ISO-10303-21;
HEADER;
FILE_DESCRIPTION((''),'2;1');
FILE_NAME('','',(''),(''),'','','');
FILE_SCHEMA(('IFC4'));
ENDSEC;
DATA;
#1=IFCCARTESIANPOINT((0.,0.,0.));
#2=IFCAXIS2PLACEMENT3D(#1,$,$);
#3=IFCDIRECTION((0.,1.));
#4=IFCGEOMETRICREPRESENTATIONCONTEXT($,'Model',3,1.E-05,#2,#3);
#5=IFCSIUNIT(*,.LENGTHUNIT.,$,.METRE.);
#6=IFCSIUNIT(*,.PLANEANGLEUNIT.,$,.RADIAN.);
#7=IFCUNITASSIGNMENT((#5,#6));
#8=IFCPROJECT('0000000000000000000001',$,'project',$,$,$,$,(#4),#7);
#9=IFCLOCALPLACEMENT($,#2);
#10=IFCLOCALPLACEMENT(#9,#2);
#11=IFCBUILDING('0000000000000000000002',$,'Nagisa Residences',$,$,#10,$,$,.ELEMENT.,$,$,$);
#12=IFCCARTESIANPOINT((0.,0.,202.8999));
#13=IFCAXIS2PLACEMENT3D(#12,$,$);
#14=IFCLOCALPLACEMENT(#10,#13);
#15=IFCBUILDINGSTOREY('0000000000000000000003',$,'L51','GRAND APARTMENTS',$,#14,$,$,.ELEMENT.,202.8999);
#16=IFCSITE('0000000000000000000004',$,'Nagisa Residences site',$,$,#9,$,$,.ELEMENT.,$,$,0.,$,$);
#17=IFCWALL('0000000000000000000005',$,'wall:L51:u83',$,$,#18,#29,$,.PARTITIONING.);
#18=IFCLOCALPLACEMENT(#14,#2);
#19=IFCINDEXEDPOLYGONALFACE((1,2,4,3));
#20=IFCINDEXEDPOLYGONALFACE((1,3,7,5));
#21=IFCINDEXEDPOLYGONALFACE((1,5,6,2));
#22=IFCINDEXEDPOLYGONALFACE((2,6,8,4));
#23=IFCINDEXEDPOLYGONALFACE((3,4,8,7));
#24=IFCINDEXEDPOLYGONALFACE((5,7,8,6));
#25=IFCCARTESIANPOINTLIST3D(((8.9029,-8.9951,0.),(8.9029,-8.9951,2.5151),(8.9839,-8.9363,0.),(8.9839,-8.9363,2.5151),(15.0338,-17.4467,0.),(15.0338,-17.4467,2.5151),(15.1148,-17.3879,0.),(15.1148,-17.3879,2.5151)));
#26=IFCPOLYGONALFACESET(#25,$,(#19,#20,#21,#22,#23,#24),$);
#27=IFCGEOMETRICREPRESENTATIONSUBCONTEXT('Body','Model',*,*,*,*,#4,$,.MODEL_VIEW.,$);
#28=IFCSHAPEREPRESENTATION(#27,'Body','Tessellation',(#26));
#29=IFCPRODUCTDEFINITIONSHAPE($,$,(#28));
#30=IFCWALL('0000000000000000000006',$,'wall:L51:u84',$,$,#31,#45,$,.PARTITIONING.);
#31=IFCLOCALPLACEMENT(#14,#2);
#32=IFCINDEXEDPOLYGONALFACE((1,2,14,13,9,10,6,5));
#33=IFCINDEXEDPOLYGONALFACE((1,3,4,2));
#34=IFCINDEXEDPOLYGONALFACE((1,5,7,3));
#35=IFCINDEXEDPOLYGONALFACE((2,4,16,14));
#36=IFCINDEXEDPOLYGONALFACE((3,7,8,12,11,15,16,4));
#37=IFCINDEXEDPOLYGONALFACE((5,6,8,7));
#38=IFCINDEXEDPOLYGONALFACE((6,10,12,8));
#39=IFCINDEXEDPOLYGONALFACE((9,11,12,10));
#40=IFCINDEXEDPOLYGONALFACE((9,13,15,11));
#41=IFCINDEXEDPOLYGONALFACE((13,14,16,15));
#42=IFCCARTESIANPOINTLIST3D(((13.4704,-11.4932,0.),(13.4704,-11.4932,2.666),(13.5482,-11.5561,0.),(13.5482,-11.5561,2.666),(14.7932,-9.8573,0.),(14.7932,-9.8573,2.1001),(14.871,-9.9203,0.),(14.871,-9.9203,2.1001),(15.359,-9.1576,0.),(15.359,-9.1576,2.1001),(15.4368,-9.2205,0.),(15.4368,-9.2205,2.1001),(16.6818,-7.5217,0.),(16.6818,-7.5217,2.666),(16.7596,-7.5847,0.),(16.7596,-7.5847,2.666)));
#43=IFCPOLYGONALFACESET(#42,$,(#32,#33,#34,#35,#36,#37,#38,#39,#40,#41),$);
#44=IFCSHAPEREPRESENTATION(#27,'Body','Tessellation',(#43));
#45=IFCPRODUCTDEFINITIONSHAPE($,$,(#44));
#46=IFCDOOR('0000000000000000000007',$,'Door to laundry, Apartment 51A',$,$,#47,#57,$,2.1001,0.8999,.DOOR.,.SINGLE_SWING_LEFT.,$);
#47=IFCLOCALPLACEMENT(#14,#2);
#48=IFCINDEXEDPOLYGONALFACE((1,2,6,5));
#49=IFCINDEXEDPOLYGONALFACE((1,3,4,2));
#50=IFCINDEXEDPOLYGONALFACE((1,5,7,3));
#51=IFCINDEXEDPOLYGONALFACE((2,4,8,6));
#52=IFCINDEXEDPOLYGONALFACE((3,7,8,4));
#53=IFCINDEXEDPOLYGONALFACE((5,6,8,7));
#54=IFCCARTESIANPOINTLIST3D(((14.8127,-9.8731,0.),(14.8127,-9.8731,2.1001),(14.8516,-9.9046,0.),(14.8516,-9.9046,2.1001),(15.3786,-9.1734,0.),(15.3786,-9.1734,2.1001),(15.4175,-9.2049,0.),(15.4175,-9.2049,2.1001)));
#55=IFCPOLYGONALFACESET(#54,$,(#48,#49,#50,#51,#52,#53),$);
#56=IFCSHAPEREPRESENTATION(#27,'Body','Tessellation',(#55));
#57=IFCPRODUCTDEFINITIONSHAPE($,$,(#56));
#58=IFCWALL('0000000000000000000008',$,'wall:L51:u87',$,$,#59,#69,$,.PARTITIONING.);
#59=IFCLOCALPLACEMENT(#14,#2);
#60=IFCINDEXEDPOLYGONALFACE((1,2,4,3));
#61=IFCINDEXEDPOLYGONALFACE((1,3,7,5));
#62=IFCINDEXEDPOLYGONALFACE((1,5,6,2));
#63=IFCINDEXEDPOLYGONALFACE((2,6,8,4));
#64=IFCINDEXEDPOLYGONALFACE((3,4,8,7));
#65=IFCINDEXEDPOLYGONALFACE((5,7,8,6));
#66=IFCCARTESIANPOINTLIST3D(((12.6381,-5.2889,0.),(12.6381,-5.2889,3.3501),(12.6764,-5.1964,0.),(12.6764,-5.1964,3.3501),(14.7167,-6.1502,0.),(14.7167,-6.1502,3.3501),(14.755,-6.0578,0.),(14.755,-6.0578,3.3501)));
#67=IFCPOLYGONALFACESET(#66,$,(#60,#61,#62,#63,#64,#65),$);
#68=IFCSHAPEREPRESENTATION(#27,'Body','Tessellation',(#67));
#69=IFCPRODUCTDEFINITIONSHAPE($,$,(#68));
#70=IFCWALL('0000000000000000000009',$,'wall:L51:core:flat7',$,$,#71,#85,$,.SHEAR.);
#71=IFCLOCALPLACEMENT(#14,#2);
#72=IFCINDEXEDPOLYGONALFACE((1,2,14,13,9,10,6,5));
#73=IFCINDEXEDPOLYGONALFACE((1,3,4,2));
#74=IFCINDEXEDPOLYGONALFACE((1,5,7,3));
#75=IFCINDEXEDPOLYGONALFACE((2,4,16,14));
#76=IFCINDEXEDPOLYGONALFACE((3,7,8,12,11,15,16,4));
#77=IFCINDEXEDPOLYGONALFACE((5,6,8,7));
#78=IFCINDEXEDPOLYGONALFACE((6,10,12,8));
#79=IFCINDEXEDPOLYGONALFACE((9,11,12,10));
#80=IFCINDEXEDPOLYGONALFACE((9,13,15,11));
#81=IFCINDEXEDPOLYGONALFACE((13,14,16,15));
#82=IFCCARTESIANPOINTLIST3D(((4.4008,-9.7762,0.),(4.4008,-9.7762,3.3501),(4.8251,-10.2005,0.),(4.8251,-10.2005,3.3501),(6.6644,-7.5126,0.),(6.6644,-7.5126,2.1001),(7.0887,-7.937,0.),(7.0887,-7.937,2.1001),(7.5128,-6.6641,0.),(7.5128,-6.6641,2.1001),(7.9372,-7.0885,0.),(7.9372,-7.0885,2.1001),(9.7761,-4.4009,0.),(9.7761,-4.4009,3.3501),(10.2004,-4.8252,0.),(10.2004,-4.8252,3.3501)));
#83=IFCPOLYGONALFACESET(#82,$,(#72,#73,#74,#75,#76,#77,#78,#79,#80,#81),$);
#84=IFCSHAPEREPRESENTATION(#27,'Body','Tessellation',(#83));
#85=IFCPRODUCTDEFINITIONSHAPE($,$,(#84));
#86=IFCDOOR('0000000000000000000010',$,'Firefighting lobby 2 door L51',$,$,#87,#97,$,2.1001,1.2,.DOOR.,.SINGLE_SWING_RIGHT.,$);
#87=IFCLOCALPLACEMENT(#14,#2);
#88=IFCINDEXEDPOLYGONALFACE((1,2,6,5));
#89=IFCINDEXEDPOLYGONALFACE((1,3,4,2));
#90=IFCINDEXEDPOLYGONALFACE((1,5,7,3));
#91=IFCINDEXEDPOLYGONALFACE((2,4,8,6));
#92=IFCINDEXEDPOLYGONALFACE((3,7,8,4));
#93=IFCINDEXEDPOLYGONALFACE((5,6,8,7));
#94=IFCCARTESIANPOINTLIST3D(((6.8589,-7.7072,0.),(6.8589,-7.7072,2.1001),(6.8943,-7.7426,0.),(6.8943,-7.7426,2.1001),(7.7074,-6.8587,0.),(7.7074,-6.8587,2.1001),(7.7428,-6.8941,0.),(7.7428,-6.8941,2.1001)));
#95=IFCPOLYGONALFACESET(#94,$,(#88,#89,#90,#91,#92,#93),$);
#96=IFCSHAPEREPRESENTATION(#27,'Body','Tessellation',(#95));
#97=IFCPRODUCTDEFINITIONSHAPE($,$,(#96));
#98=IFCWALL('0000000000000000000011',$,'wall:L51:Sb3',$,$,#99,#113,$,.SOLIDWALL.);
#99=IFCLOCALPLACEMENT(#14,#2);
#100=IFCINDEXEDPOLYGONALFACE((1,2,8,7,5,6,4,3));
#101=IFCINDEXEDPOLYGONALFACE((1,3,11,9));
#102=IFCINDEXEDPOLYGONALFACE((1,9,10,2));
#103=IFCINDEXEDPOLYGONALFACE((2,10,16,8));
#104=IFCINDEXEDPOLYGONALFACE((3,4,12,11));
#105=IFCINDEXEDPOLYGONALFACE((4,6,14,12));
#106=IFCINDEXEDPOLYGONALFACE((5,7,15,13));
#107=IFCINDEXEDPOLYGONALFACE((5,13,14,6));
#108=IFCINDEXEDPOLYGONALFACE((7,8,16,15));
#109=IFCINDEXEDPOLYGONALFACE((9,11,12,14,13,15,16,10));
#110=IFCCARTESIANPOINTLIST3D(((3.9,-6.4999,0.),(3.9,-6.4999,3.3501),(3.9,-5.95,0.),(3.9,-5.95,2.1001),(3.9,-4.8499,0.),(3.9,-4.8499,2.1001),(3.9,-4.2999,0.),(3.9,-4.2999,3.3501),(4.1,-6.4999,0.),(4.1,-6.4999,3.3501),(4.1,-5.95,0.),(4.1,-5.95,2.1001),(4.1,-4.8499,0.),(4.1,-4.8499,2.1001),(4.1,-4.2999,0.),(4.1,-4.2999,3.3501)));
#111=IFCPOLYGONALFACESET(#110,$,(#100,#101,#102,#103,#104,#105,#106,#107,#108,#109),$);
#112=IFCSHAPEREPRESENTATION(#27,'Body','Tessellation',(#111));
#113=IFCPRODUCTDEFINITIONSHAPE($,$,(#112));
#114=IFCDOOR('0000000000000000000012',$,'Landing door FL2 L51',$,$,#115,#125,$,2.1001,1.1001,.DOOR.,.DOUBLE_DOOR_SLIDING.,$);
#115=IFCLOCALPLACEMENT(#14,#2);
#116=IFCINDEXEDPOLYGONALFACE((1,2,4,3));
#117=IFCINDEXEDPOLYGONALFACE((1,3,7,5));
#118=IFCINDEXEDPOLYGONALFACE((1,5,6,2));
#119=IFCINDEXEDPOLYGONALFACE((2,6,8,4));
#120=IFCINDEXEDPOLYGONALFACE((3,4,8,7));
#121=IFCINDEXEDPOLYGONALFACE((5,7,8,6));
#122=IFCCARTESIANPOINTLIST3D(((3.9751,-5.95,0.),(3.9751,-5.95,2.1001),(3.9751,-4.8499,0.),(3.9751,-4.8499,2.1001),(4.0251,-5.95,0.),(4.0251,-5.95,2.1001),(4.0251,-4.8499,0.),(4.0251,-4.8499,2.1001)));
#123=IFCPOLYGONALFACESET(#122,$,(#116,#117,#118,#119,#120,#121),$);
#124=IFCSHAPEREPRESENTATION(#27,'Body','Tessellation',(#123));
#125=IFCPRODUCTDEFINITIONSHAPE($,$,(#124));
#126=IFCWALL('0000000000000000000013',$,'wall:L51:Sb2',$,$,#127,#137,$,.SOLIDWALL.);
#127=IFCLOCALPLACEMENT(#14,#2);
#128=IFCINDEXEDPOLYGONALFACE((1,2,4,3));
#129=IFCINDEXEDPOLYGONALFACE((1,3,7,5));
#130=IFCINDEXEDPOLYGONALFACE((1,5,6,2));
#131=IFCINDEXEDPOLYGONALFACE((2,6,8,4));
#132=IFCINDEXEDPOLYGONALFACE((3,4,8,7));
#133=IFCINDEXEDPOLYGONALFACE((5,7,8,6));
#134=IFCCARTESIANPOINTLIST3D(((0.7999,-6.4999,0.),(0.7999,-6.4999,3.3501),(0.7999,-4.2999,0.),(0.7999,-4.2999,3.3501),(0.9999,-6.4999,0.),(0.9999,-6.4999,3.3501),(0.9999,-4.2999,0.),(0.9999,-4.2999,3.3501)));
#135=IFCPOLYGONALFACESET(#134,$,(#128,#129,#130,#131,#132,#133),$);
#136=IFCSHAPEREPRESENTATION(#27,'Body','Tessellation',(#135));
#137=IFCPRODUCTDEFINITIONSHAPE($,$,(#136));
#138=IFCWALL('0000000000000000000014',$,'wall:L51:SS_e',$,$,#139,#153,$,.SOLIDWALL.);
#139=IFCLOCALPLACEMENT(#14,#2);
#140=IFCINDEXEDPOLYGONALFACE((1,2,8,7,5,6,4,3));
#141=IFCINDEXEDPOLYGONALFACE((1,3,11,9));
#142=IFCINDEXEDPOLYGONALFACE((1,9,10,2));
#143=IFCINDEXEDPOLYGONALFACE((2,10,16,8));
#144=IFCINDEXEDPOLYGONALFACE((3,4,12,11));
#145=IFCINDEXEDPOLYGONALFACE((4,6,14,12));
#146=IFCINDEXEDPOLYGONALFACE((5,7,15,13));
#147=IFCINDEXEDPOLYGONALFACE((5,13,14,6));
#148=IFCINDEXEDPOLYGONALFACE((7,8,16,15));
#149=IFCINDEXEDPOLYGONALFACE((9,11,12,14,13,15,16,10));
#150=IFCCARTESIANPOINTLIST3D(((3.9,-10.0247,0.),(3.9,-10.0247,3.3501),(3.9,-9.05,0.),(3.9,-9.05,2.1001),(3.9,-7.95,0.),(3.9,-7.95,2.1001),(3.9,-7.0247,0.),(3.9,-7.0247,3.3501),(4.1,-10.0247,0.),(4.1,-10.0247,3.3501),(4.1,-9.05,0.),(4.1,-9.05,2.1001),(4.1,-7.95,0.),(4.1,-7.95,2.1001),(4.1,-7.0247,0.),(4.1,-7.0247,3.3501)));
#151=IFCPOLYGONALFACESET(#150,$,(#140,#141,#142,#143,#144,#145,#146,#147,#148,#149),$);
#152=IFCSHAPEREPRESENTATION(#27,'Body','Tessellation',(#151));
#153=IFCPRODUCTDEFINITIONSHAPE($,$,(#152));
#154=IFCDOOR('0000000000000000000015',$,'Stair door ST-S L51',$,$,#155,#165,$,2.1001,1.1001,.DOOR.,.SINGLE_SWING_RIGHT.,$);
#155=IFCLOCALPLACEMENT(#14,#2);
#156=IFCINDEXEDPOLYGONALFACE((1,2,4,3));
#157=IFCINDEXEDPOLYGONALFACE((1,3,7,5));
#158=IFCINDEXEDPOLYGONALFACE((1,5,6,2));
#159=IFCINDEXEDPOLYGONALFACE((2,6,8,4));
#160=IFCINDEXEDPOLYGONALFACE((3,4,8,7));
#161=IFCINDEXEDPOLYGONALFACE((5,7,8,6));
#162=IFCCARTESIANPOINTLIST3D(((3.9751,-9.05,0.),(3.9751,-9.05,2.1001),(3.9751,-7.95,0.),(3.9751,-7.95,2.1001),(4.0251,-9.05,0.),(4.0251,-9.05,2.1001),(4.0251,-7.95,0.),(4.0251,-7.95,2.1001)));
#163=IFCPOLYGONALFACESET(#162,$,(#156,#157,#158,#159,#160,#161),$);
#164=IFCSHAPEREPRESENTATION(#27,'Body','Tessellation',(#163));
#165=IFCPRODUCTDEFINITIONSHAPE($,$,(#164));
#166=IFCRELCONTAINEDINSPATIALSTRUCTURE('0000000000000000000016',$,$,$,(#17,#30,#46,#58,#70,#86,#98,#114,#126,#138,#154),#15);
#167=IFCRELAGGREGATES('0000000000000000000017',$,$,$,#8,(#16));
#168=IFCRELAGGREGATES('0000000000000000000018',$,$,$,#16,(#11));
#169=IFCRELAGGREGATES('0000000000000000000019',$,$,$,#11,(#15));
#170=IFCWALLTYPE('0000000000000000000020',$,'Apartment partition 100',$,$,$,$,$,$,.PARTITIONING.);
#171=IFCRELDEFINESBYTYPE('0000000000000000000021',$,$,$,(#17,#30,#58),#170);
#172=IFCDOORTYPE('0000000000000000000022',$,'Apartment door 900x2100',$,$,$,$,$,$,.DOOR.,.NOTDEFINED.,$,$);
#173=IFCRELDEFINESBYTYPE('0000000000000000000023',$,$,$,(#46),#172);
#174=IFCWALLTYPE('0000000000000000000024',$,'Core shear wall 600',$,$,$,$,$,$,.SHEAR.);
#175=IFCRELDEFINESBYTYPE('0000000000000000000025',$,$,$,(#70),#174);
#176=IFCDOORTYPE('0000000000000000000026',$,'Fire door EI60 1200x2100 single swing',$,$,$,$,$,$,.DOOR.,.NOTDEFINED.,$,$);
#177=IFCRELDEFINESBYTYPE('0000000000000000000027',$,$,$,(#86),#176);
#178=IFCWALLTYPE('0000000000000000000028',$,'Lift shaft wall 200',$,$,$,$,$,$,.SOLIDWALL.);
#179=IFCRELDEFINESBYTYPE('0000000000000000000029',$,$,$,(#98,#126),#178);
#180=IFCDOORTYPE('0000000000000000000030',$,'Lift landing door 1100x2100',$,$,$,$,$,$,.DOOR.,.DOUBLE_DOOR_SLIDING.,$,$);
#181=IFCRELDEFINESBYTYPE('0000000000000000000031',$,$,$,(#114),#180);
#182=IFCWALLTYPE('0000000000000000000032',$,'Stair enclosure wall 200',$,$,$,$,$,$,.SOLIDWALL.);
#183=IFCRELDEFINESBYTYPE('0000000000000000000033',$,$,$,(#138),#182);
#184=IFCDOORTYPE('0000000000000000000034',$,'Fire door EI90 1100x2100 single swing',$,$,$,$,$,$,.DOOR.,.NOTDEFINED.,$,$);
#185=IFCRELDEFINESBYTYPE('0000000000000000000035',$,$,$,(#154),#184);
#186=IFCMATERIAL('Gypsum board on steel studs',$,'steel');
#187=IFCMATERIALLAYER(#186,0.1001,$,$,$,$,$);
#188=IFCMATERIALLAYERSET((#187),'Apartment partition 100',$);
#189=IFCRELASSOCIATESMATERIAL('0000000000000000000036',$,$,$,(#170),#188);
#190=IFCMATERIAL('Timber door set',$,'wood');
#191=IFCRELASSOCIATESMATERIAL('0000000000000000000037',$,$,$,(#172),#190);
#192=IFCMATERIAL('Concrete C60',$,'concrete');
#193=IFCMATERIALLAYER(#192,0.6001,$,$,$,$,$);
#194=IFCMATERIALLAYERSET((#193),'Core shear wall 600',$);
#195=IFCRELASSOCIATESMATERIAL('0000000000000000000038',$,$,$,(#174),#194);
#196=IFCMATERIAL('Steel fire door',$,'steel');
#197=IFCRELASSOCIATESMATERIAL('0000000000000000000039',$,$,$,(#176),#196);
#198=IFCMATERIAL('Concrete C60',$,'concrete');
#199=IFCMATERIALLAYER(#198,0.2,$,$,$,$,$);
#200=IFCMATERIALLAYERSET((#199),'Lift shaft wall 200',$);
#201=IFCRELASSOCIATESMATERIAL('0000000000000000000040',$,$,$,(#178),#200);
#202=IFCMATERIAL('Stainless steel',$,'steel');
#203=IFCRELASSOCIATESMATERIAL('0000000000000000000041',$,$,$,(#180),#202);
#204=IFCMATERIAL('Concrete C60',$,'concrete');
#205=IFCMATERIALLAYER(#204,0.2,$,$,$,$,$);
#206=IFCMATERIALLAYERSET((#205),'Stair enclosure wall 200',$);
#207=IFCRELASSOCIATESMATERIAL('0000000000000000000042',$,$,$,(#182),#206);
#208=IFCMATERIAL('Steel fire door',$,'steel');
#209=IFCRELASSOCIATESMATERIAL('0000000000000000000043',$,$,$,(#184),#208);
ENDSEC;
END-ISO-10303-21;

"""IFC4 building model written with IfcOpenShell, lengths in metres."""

from ifc_helpers import new_model, si_unit, direction, frame, frame_2d, origin, place, context, subcontext, project, spatial, rectangle, extrude, material, layer, layer_set, type_object, element, fill, save


model = new_model("IFC4")

# Units and contexts
model_context = context("Model", 3, precision=1e-05, world=origin(), true_north=direction((0.0, 1.0)))
body_context = subcontext(model_context, "Body", "Model", "MODEL_VIEW")
ifc_project = project(units=[si_unit("LENGTHUNIT", "METRE"), si_unit("PLANEANGLEUNIT", "RADIAN")], contexts=[model_context])

# Site, building, storey
site_placement = place(None, origin())
site = spatial("IfcSite", under=ifc_project, at=site_placement, Name="Nagisa Residences site", CompositionType="ELEMENT", RefElevation=0.0)
building_placement = place(site_placement, origin())
building = spatial("IfcBuilding", under=site, at=building_placement, Name="Nagisa Residences", CompositionType="ELEMENT")
storey_placement = place(building_placement, frame((0.0, 0.0, 202.8999)))
storey = spatial("IfcBuildingStorey", under=building, at=storey_placement, Name="L51", Description="GRAND APARTMENTS", CompositionType="ELEMENT", Elevation=202.8999)

# Shared definitions
ifc_material_1 = material(Name="Gypsum board on steel studs", Category="steel")
ifc_layer_1 = layer(ifc_material_1, 0.1001)
ifc_layer_set_1 = layer_set([ifc_layer_1], Name="Apartment partition 100")
wall_type_1 = type_object("IfcWallType", Name="Apartment partition 100", PredefinedType="PARTITIONING", material=ifc_layer_set_1)
ifc_material_2 = material(Name="Timber door set", Category="wood")
door_type_1 = type_object("IfcDoorType", Name="Apartment door 900x2100", OperationType="NOTDEFINED", PredefinedType="DOOR", material=ifc_material_2)

# Wall
wall_1_placement = place(storey_placement, frame((8.9434, -8.9656, 0.0), z_axis=(0.0, 0.0, 1.0), x_axis=(0.587181, -0.809455, 0.0)))
element("IfcWall", 1, at=wall_1_placement, inside=storey, type_object=wall_type_1, Name="wall:L51:u83", PredefinedType="PARTITIONING", context=body_context, shape_type="SweptSolid", body=[
    extrude(rectangle(XDim=10.4412, YDim=0.1001, at=frame_2d((5.2207, 0.0))), origin(), (0.0, 0.0, 1.0), 2.5151),
])

# Wall, opening, door
wall_2_placement = place(storey_placement, frame((13.5093, -11.5247, 0.0), z_axis=(0.0, 0.0, 1.0), x_axis=(0.628779, 0.777584, 0.0)))
wall_2 = element("IfcWall", 2, at=wall_2_placement, inside=storey, type_object=wall_type_1, Name="wall:L51:u84", PredefinedType="PARTITIONING", context=body_context, shape_type="SweptSolid", body=[
    extrude(rectangle(XDim=5.1074, YDim=0.1001, at=frame_2d((2.5537, 0.0))), origin(), (0.0, 0.0, 1.0), 2.666),
])
opening_1_placement = place(wall_2_placement, frame((2.1038, 0.0, 0.0)))
opening_1 = element("IfcOpeningElement", 3, at=opening_1_placement, cuts=wall_2, PredefinedType="OPENING", context=body_context, shape_type="SweptSolid", body=[
    extrude(rectangle(XDim=0.8999, YDim=2.1001, at=frame_2d((0.45, 1.05))), frame((0.0, 0.0601, 0.0), z_axis=(0.0, -1.0, 0.0), x_axis=(1.0, 0.0, 0.0)), (0.0, 0.0, 1.0), 0.1201),
])
door_1_placement = place(opening_1_placement, origin())
door_1 = element("IfcDoor", 4, at=door_1_placement, inside=storey, type_object=door_type_1, Name="Door to laundry, Apartment 51A", OperationType="SINGLE_SWING_LEFT", OverallHeight=2.1001, OverallWidth=0.8999, PredefinedType="DOOR", context=body_context, shape_type="SweptSolid", body=[
    extrude(rectangle(XDim=0.8999, YDim=2.1001, at=frame_2d((0.45, 1.05))), frame((0.0, 0.0249, 0.0), z_axis=(0.0, -1.0, 0.0), x_axis=(1.0, 0.0, 0.0)), (0.0, 0.0, 1.0), 0.05),
])
fill(opening_1, door_1)

# Wall
wall_3_placement = place(storey_placement, frame((12.6572, -5.2427, 0.0), z_axis=(0.0, 0.0, 1.0), x_axis=(0.923826, -0.382812, 0.0)))
element("IfcWall", 5, at=wall_3_placement, inside=storey, type_object=wall_type_1, Name="wall:L51:u87", PredefinedType="PARTITIONING", context=body_context, shape_type="SweptSolid", body=[
    extrude(rectangle(XDim=2.25, YDim=0.1001, at=frame_2d((1.125, 0.0))), origin(), (0.0, 0.0, 1.0), 3.3501),
])

# Walls, openings, doors
ifc_material_3 = material(Name="Concrete C60", Category="concrete")
ifc_layer_2 = layer(ifc_material_3, 0.6001)
ifc_layer_set_2 = layer_set([ifc_layer_2], Name="Core shear wall 600")
wall_type_2 = type_object("IfcWallType", Name="Core shear wall 600", PredefinedType="SHEAR", material=ifc_layer_set_2)
wall_4_placement = place(storey_placement, frame((4.613, -9.9883, 0.0), z_axis=(0.0, 0.0, 1.0), x_axis=(0.707107, 0.707107, 0.0)))
wall_4 = element("IfcWall", 6, at=wall_4_placement, inside=storey, type_object=wall_type_2, Name="wall:L51:core:flat7", PredefinedType="SHEAR", context=body_context, shape_type="SweptSolid", body=[
    extrude(rectangle(XDim=7.6018, YDim=0.6001, at=frame_2d((3.8008, 0.0))), origin(), (0.0, 0.0, 1.0), 3.3501),
])
opening_2_placement = place(wall_4_placement, frame((3.2009, 0.0, 0.0)))
opening_2 = element("IfcOpeningElement", 7, at=opening_2_placement, cuts=wall_4, PredefinedType="OPENING", context=body_context, shape_type="SweptSolid", body=[
    extrude(rectangle(XDim=1.2, YDim=2.1001, at=frame_2d((0.6001, 1.05))), frame((0.0, 0.3101, 0.0), z_axis=(0.0, -1.0, 0.0), x_axis=(1.0, 0.0, 0.0)), (0.0, 0.0, 1.0), 0.6201),
])
ifc_material_4 = material(Name="Steel fire door", Category="steel")
door_type_2 = type_object("IfcDoorType", Name="Fire door EI60 1200x2100 single swing", OperationType="NOTDEFINED", PredefinedType="DOOR", material=ifc_material_4)
door_2_placement = place(opening_2_placement, origin())
door_2 = element("IfcDoor", 8, at=door_2_placement, inside=storey, type_object=door_type_2, Name="Firefighting lobby 2 door L51", OperationType="SINGLE_SWING_RIGHT", OverallHeight=2.1001, OverallWidth=1.2, PredefinedType="DOOR", context=body_context, shape_type="SweptSolid", body=[
    extrude(rectangle(XDim=1.2, YDim=2.1001, at=frame_2d((0.6001, 1.05))), frame((0.0, 0.0249, 0.0), z_axis=(0.0, -1.0, 0.0), x_axis=(1.0, 0.0, 0.0)), (0.0, 0.0, 1.0), 0.05),
])
fill(opening_2, door_2)
ifc_material_5 = material(Name="Concrete C60", Category="concrete")
ifc_layer_3 = layer(ifc_material_5, 0.2)
ifc_layer_set_3 = layer_set([ifc_layer_3], Name="Lift shaft wall 200")
wall_type_3 = type_object("IfcWallType", Name="Lift shaft wall 200", PredefinedType="SOLIDWALL", material=ifc_layer_set_3)
wall_5_placement = place(storey_placement, frame((4.0, -6.5, 0.0), z_axis=(0.0, 0.0, 1.0), x_axis=(0.0, 1.0, 0.0)))
wall_5 = element("IfcWall", 9, at=wall_5_placement, inside=storey, type_object=wall_type_3, Name="wall:L51:Sb3", PredefinedType="SOLIDWALL", context=body_context, shape_type="SweptSolid", body=[
    extrude(rectangle(XDim=2.2, YDim=0.2, at=frame_2d((1.1001, 0.0))), origin(), (0.0, 0.0, 1.0), 3.3501),
])
opening_3_placement = place(wall_5_placement, frame((0.55, 0.0, 0.0)))
opening_3 = element("IfcOpeningElement", 10, at=opening_3_placement, cuts=wall_5, PredefinedType="OPENING", context=body_context, shape_type="SweptSolid", body=[
    extrude(rectangle(XDim=1.1001, YDim=2.1001, at=frame_2d((0.55, 1.05))), frame((0.0, 0.1099, 0.0), z_axis=(0.0, -1.0, 0.0), x_axis=(1.0, 0.0, 0.0)), (0.0, 0.0, 1.0), 0.22),
])
ifc_material_6 = material(Name="Stainless steel", Category="steel")
door_type_3 = type_object("IfcDoorType", Name="Lift landing door 1100x2100", OperationType="DOUBLE_DOOR_SLIDING", PredefinedType="DOOR", material=ifc_material_6)
door_3_placement = place(opening_3_placement, origin())
door_3 = element("IfcDoor", 11, at=door_3_placement, inside=storey, type_object=door_type_3, Name="Landing door FL2 L51", OperationType="DOUBLE_DOOR_SLIDING", OverallHeight=2.1001, OverallWidth=1.1001, PredefinedType="DOOR", context=body_context, shape_type="SweptSolid", body=[
    extrude(rectangle(XDim=1.1001, YDim=2.1001, at=frame_2d((0.55, 1.05))), frame((0.0, 0.0249, 0.0), z_axis=(0.0, -1.0, 0.0), x_axis=(1.0, 0.0, 0.0)), (0.0, 0.0, 1.0), 0.05),
])
fill(opening_3, door_3)

# Wall
wall_6_placement = place(storey_placement, frame((0.8999, -6.5, 0.0), z_axis=(0.0, 0.0, 1.0), x_axis=(0.0, 1.0, 0.0)))
element("IfcWall", 12, at=wall_6_placement, inside=storey, type_object=wall_type_3, Name="wall:L51:Sb2", PredefinedType="SOLIDWALL", context=body_context, shape_type="SweptSolid", body=[
    extrude(rectangle(XDim=2.2, YDim=0.2, at=frame_2d((1.1001, 0.0))), origin(), (0.0, 0.0, 1.0), 3.3501),
])

# Wall, opening, door
ifc_material_7 = material(Name="Concrete C60", Category="concrete")
ifc_layer_4 = layer(ifc_material_7, 0.2)
ifc_layer_set_4 = layer_set([ifc_layer_4], Name="Stair enclosure wall 200")
wall_type_4 = type_object("IfcWallType", Name="Stair enclosure wall 200", PredefinedType="SOLIDWALL", material=ifc_layer_set_4)
wall_7_placement = place(storey_placement, frame((4.0, -10.0247, 0.0), z_axis=(0.0, 0.0, 1.0), x_axis=(0.0, 1.0, 0.0)))
wall_7 = element("IfcWall", 13, at=wall_7_placement, inside=storey, type_object=wall_type_4, Name="wall:L51:SS_e", PredefinedType="SOLIDWALL", context=body_context, shape_type="SweptSolid", body=[
    extrude(rectangle(XDim=3.0, YDim=0.2, at=frame_2d((1.5, 0.0))), origin(), (0.0, 0.0, 1.0), 3.3501),
])
opening_4_placement = place(wall_7_placement, frame((0.9746, 0.0, 0.0)))
opening_4 = element("IfcOpeningElement", 14, at=opening_4_placement, cuts=wall_7, PredefinedType="OPENING", context=body_context, shape_type="SweptSolid", body=[
    extrude(rectangle(XDim=1.1001, YDim=2.1001, at=frame_2d((0.55, 1.05))), frame((0.0, 0.1099, 0.0), z_axis=(0.0, -1.0, 0.0), x_axis=(1.0, 0.0, 0.0)), (0.0, 0.0, 1.0), 0.22),
])
ifc_material_8 = material(Name="Steel fire door", Category="steel")
door_type_4 = type_object("IfcDoorType", Name="Fire door EI90 1100x2100 single swing", OperationType="NOTDEFINED", PredefinedType="DOOR", material=ifc_material_8)
door_4_placement = place(opening_4_placement, origin())
door_4 = element("IfcDoor", 15, at=door_4_placement, inside=storey, type_object=door_type_4, Name="Stair door ST-S L51", OperationType="SINGLE_SWING_RIGHT", OverallHeight=2.1001, OverallWidth=1.1001, PredefinedType="DOOR", context=body_context, shape_type="SweptSolid", body=[
    extrude(rectangle(XDim=1.1001, YDim=2.1001, at=frame_2d((0.55, 1.05))), frame((0.0, 0.0249, 0.0), z_axis=(0.0, -1.0, 0.0), x_axis=(1.0, 0.0, 0.0)), (0.0, 0.0, 1.0), 0.05),
])
fill(opening_4, door_4)

save(model, "model.ifc")
